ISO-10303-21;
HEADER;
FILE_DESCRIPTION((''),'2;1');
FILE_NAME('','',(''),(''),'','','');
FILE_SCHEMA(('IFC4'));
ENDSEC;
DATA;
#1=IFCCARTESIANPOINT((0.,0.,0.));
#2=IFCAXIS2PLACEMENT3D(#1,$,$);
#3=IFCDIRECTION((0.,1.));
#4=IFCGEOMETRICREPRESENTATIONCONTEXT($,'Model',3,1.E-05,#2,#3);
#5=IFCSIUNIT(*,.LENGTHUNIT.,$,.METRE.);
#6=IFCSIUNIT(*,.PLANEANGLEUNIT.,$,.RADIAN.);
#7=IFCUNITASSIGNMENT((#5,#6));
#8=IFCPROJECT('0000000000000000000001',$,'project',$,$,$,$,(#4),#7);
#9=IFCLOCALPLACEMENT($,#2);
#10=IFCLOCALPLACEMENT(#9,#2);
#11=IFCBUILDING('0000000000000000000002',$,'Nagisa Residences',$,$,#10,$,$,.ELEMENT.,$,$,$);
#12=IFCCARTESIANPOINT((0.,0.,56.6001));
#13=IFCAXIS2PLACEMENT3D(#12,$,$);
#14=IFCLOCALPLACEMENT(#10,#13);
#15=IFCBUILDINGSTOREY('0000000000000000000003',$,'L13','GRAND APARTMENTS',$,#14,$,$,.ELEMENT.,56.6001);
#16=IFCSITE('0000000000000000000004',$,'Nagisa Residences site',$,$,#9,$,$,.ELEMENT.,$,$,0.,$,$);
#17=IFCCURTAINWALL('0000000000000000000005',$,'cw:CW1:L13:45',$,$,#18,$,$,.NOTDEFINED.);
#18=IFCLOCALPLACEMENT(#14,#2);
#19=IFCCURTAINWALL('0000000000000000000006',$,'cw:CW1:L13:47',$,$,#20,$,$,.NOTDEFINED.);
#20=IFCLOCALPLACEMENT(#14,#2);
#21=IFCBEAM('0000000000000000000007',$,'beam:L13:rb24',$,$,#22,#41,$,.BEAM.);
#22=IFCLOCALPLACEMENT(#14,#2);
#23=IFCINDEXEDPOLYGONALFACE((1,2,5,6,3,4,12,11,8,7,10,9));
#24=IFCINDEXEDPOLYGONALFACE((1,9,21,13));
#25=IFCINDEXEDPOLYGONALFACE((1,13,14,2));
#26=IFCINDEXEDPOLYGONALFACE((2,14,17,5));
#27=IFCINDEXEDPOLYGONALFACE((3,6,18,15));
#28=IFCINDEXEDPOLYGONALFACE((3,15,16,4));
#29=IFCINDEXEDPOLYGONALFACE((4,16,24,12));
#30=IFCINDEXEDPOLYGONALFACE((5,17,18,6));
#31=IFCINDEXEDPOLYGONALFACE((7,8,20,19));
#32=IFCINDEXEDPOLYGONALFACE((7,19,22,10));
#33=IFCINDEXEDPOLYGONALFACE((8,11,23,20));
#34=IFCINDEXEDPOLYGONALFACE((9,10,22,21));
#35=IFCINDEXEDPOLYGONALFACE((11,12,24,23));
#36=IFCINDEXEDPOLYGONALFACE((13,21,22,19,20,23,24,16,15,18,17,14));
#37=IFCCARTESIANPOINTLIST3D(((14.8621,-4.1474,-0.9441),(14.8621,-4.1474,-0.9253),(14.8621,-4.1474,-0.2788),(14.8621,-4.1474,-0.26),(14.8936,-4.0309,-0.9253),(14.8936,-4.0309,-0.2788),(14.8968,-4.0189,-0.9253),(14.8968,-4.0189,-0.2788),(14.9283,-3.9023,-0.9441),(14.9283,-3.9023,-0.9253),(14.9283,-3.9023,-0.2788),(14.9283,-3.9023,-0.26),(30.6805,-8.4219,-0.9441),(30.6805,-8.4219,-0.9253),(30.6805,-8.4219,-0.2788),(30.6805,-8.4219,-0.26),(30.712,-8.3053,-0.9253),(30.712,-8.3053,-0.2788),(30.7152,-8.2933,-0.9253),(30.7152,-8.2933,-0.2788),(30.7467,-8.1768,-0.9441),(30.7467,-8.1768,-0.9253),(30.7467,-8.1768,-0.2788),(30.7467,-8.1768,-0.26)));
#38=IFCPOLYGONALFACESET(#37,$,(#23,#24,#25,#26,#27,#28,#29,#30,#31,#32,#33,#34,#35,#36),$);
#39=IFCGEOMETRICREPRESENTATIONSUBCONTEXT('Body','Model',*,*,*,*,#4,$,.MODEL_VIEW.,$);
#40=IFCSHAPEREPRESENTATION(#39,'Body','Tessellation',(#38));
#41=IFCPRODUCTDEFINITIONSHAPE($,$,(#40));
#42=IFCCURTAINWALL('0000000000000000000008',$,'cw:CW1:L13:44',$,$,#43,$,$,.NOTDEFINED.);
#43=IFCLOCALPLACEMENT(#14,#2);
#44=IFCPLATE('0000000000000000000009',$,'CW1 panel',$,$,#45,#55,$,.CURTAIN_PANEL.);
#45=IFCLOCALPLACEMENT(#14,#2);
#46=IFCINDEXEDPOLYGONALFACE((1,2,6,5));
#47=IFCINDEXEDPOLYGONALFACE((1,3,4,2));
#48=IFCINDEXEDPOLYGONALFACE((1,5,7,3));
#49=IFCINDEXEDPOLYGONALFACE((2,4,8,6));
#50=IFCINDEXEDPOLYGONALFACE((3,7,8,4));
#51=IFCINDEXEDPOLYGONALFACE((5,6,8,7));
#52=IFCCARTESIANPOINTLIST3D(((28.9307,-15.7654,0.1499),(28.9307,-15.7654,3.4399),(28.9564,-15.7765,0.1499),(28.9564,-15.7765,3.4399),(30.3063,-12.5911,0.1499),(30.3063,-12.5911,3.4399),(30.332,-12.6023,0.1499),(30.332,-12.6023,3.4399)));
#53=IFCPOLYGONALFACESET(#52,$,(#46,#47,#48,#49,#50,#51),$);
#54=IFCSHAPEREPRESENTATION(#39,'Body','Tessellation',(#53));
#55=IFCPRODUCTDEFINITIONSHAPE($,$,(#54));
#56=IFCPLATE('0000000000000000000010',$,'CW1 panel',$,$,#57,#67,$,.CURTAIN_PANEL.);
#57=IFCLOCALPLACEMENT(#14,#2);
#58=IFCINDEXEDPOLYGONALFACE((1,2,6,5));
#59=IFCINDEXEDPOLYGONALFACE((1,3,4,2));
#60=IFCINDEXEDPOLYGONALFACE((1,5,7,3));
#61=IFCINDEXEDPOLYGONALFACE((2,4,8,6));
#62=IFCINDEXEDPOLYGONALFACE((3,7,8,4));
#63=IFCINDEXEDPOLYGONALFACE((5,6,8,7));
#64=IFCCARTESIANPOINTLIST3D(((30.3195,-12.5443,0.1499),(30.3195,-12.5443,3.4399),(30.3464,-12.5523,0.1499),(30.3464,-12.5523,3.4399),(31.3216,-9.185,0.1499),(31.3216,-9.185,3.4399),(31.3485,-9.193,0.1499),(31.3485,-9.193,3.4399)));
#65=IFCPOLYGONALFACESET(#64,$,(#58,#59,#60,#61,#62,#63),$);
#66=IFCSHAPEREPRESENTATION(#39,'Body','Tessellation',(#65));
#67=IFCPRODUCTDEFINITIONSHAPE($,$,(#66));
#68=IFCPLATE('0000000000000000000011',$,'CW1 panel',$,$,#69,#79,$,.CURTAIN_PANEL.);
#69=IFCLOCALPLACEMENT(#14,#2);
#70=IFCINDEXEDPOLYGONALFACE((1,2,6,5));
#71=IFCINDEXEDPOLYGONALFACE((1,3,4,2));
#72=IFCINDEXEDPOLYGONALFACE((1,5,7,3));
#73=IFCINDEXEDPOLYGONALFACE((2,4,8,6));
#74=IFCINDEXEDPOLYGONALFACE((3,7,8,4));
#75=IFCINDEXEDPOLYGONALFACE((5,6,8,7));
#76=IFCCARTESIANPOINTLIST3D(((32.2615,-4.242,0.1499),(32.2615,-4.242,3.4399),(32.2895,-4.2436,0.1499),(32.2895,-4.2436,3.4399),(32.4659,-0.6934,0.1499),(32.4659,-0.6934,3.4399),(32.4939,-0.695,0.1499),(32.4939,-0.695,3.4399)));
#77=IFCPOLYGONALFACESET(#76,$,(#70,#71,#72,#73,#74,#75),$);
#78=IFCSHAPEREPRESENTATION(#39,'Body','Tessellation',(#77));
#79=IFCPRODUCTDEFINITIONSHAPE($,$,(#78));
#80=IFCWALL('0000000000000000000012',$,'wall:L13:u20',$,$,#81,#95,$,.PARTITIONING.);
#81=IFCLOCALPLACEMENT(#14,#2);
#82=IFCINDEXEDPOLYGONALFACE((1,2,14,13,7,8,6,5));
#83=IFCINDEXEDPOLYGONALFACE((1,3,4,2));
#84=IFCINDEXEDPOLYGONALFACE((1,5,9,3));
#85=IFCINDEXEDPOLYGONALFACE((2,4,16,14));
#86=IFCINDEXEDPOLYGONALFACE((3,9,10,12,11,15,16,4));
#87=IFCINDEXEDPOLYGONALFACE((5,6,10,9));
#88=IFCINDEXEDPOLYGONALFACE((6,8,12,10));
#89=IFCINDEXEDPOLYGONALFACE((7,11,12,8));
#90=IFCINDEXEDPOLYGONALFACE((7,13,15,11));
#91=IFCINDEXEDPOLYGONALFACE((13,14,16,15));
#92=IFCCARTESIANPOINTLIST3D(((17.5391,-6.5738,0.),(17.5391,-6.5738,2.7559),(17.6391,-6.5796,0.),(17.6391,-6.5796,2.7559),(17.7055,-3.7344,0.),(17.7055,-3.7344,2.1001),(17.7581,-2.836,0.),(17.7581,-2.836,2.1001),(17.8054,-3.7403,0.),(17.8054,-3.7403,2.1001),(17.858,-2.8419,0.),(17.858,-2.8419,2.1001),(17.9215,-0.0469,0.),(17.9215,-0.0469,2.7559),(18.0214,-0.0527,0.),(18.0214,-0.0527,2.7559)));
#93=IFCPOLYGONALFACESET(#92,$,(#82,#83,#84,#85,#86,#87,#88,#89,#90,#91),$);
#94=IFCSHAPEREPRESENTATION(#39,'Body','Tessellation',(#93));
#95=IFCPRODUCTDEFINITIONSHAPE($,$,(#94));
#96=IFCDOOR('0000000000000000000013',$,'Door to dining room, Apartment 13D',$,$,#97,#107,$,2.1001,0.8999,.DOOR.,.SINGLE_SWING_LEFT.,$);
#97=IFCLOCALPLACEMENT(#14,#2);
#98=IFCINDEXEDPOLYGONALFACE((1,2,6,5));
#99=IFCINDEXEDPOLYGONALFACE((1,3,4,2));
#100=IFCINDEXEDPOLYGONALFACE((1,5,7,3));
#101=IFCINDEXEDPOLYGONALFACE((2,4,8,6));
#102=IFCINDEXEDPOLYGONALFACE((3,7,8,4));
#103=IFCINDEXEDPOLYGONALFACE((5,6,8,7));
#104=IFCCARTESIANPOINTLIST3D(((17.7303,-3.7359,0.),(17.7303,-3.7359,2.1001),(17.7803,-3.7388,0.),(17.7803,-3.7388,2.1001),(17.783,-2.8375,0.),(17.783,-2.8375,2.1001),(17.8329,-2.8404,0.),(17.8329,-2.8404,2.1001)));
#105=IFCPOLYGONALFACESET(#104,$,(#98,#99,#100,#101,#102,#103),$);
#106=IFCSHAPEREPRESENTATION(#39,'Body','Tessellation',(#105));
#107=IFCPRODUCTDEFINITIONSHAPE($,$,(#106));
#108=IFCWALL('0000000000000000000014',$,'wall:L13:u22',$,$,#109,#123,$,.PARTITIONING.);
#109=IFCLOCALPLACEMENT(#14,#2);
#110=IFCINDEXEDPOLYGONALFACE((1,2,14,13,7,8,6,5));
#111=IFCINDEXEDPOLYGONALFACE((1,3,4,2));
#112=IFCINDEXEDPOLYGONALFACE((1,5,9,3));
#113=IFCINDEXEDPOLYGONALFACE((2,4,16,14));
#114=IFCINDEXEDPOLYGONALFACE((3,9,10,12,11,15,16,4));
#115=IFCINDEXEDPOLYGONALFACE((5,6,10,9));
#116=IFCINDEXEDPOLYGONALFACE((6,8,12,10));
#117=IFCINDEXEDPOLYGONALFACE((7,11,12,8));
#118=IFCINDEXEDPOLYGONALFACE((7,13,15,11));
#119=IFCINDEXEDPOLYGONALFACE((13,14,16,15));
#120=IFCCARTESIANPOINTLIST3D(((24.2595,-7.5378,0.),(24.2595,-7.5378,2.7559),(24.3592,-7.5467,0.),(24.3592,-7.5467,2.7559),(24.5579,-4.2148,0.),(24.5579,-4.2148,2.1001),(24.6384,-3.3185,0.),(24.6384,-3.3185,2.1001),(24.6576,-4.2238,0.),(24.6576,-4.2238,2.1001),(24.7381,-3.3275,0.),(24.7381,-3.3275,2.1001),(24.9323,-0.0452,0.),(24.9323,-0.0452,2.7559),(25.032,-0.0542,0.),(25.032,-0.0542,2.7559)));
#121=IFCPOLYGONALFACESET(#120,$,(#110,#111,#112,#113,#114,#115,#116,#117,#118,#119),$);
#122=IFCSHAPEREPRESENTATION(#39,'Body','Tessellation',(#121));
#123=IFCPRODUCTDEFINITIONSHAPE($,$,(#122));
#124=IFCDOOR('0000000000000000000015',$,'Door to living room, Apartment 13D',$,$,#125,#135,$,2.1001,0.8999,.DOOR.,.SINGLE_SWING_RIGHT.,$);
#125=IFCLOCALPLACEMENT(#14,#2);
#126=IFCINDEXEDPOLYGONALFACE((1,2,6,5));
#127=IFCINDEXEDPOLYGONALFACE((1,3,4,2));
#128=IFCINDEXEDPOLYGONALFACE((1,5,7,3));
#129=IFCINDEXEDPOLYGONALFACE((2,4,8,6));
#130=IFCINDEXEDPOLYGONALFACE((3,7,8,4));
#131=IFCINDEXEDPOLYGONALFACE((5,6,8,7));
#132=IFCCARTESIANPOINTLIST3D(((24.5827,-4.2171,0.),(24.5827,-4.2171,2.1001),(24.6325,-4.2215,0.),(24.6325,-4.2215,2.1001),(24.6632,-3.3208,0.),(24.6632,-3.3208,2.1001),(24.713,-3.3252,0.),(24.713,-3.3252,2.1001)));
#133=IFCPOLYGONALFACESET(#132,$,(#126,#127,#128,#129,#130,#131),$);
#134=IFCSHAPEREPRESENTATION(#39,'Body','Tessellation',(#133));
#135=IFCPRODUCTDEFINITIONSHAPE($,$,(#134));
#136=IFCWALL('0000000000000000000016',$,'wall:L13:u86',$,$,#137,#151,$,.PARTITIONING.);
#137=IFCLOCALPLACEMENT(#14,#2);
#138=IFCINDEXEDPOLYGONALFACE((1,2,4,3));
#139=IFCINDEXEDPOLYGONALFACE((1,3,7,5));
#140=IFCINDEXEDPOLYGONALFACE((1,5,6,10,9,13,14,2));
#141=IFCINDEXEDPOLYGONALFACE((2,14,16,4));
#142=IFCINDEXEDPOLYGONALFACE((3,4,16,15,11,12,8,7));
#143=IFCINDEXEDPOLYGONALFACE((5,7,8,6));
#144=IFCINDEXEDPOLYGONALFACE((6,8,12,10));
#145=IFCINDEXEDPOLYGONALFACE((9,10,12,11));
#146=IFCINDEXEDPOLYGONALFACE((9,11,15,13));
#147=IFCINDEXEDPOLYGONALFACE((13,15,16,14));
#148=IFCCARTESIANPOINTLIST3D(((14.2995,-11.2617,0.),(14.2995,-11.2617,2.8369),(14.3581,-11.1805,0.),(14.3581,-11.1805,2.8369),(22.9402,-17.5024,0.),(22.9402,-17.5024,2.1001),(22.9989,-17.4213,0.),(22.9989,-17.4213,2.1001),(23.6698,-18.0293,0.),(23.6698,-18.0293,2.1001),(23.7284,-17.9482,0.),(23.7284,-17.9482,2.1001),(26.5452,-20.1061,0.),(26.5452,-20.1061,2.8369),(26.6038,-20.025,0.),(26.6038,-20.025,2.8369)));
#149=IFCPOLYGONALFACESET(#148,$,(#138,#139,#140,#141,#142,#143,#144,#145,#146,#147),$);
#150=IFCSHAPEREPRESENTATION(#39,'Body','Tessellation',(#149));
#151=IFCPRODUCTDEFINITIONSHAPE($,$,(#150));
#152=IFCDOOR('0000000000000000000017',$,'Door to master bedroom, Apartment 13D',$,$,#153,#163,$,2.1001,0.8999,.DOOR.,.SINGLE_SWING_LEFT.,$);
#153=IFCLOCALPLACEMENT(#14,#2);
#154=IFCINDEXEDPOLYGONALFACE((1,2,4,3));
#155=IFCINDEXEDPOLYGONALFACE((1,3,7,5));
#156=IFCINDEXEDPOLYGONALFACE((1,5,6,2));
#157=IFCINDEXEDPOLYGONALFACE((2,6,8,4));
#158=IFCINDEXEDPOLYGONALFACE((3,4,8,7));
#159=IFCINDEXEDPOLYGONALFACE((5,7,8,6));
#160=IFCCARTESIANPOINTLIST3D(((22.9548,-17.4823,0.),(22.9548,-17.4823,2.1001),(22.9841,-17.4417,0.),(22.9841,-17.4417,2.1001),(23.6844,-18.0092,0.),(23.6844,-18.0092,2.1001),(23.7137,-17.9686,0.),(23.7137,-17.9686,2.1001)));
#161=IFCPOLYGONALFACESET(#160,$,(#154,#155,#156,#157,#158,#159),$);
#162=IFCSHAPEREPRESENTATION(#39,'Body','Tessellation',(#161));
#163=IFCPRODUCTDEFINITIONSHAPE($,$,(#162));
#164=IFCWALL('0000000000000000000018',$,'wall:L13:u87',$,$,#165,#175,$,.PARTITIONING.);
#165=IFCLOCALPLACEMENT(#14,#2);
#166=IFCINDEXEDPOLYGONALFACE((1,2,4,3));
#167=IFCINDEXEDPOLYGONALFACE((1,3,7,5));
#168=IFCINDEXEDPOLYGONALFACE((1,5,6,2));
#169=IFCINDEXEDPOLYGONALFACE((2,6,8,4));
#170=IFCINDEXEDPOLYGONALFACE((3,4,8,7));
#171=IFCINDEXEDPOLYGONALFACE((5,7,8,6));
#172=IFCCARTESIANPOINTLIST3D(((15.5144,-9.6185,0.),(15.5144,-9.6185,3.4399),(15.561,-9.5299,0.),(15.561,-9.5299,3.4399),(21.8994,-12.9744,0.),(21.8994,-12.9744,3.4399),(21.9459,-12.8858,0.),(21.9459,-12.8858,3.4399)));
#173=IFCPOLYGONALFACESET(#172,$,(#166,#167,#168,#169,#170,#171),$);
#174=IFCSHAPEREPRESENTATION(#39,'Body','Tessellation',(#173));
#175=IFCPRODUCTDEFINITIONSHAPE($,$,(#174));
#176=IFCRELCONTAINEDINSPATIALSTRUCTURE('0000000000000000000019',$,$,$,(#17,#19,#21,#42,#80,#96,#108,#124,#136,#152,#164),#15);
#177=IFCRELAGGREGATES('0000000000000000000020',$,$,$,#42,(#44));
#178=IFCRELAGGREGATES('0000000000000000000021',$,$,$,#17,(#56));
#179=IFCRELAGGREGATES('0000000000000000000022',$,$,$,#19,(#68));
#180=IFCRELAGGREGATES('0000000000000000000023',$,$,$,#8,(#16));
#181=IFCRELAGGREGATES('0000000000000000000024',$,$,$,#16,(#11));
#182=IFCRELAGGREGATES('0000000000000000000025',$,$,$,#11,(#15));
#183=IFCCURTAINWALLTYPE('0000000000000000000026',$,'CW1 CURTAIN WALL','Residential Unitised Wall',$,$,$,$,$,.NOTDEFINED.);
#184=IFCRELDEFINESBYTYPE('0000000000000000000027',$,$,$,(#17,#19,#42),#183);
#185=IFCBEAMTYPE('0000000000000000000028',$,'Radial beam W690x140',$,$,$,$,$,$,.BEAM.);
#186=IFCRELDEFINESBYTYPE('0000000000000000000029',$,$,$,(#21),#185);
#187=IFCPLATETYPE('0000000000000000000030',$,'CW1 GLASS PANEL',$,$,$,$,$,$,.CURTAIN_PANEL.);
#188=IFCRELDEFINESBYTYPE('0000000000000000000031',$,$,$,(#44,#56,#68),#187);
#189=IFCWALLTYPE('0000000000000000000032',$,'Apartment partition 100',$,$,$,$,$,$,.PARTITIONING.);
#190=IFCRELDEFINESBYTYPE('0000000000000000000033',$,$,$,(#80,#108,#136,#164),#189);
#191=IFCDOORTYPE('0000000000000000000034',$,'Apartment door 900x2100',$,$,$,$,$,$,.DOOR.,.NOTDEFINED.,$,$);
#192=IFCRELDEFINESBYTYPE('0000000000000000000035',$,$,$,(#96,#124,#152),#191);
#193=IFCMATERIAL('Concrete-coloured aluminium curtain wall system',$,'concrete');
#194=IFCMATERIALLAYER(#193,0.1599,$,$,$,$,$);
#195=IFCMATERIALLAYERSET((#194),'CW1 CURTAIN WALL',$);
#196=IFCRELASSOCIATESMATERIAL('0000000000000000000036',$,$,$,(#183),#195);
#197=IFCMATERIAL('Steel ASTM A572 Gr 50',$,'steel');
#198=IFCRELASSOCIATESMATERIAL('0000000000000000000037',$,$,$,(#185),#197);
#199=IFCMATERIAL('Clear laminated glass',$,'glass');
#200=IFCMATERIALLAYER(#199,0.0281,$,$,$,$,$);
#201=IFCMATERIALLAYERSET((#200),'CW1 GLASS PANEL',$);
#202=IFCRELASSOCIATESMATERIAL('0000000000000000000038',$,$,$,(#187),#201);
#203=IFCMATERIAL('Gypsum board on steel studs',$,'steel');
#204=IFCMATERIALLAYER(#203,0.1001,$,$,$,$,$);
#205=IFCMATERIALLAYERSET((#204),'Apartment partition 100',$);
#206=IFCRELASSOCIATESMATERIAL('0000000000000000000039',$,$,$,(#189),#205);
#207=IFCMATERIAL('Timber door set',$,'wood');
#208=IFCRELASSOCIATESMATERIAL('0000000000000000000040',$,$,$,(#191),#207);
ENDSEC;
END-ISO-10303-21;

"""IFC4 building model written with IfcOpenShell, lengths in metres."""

from ifc_helpers import new_model, si_unit, direction, frame, frame_2d, origin, origin_2d, place, context, subcontext, project, spatial, rectangle, i_section, extrude, material, layer, layer_set, material_profile, profile_set, type_object, element, fill, aggregate, save


model = new_model("IFC4")

# Units and contexts
model_context = context("Model", 3, precision=1e-05, world=origin(), true_north=direction((0.0, 1.0)))
body_context = subcontext(model_context, "Body", "Model", "MODEL_VIEW")
ifc_project = project(units=[si_unit("LENGTHUNIT", "METRE"), si_unit("PLANEANGLEUNIT", "RADIAN")], contexts=[model_context])

# Site, building, storey
site_placement = place(None, origin())
site = spatial("IfcSite", under=ifc_project, at=site_placement, Name="Nagisa Residences site", CompositionType="ELEMENT", RefElevation=0.0)
building_placement = place(site_placement, origin())
building = spatial("IfcBuilding", under=site, at=building_placement, Name="Nagisa Residences", CompositionType="ELEMENT")
storey_placement = place(building_placement, frame((0.0, 0.0, 56.6001)))
storey = spatial("IfcBuildingStorey", under=building, at=storey_placement, Name="L13", Description="GRAND APARTMENTS", CompositionType="ELEMENT", Elevation=56.6001)

# Curtain walls
ifc_material_1 = material(Name="Concrete-coloured aluminium curtain wall system", Category="concrete")
ifc_layer_1 = layer(ifc_material_1, 0.1599)
ifc_layer_set_1 = layer_set([ifc_layer_1], Name="CW1 CURTAIN WALL")
curtain_wall_type = type_object("IfcCurtainWallType", Name="CW1 CURTAIN WALL", Description="Residential Unitised Wall", PredefinedType="NOTDEFINED", material=ifc_layer_set_1)
curtain_wall_1_placement = place(storey_placement, origin())
curtain_wall_1 = element("IfcCurtainWall", 1, at=curtain_wall_1_placement, inside=storey, type_object=curtain_wall_type, Name="cw:CW1:L13:45", PredefinedType="NOTDEFINED")
curtain_wall_2_placement = place(storey_placement, origin())
curtain_wall_2 = element("IfcCurtainWall", 2, at=curtain_wall_2_placement, inside=storey, type_object=curtain_wall_type, Name="cw:CW1:L13:47", PredefinedType="NOTDEFINED")

# Beam
ifc_material_2 = material(Name="Steel ASTM A572 Gr 50", Category="steel")
ifc_material_profile_1 = material_profile(ifc_material_2, i_section(OverallWidth=0.2539, OverallDepth=0.6841, WebThickness=0.0125, FlangeThickness=0.0188, at=origin_2d()), Name="W690x140")
ifc_profile_set_1 = profile_set([ifc_material_profile_1], Name="Steel ASTM A572 Gr 50")
beam_type_1 = type_object("IfcBeamType", Name="Radial beam W690x140", PredefinedType="BEAM", material=ifc_profile_set_1)
beam_1_placement = place(storey_placement, frame((30.7136, -8.2993, -0.6021), z_axis=(-0.965376, 0.260862, 0.0), x_axis=(-0.260862, -0.965376, 0.0)))
element("IfcBeam", 3, at=beam_1_placement, inside=storey, type_object=beam_type_1, Name="beam:L13:rb24", PredefinedType="BEAM", context=body_context, shape_type="SweptSolid", body=[
    extrude(i_section(OverallWidth=0.2539, OverallDepth=0.6841, WebThickness=0.0125, FlangeThickness=0.0188, at=origin_2d()), origin(), (0.0, 0.0, 1.0), 16.3857),
])

# Curtain wall, plate
curtain_wall_3_placement = place(storey_placement, origin())
curtain_wall_3 = element("IfcCurtainWall", 4, at=curtain_wall_3_placement, inside=storey, type_object=curtain_wall_type, Name="cw:CW1:L13:44", PredefinedType="NOTDEFINED")
ifc_material_3 = material(Name="Clear laminated glass", Category="glass")
ifc_layer_2 = layer(ifc_material_3, 0.0281)
ifc_layer_set_2 = layer_set([ifc_layer_2], Name="CW1 GLASS PANEL")
plate_type = type_object("IfcPlateType", Name="CW1 GLASS PANEL", PredefinedType="CURTAIN_PANEL", material=ifc_layer_set_2)
plate_1_placement = place(storey_placement, frame((29.6313, -14.1838, 0.1499), z_axis=(0.0, 0.0, 1.0), x_axis=(0.397636, 0.917543, 0.0)))
plate_1 = element("IfcPlate", 5, at=plate_1_placement, type_object=plate_type, Name="CW1 panel", PredefinedType="CURTAIN_PANEL", context=body_context, shape_type="SweptSolid", body=[
    extrude(rectangle(XDim=3.4595, YDim=0.0281, at=origin_2d()), origin(), (0.0, 0.0, 1.0), 3.29),
])
aggregate(curtain_wall_3, [plate_1])

# Plates
plate_2_placement = place(storey_placement, frame((30.834, -10.8687, 0.1499), z_axis=(0.0, 0.0, 1.0), x_axis=(0.28586, 0.958271, 0.0)))
plate_2 = element("IfcPlate", 6, at=plate_2_placement, type_object=plate_type, Name="CW1 panel", PredefinedType="CURTAIN_PANEL", context=body_context, shape_type="SweptSolid", body=[
    extrude(rectangle(XDim=3.5056, YDim=0.0281, at=origin_2d()), origin(), (0.0, 0.0, 1.0), 3.29),
])
aggregate(curtain_wall_1, [plate_2])
plate_3_placement = place(storey_placement, frame((32.3777, -2.4685, 0.1499), z_axis=(0.0, 0.0, 1.0), x_axis=(0.057503, 0.998345, 0.0)))
plate_3 = element("IfcPlate", 7, at=plate_3_placement, type_object=plate_type, Name="CW1 panel", PredefinedType="CURTAIN_PANEL", context=body_context, shape_type="SweptSolid", body=[
    extrude(rectangle(XDim=3.5544, YDim=0.0281, at=origin_2d()), origin(), (0.0, 0.0, 1.0), 3.29),
])
aggregate(curtain_wall_2, [plate_3])

# Walls, openings, doors
ifc_material_4 = material(Name="Gypsum board on steel studs", Category="steel")
ifc_layer_3 = layer(ifc_material_4, 0.1001)
ifc_layer_set_3 = layer_set([ifc_layer_3], Name="Apartment partition 100")
wall_type_1 = type_object("IfcWallType", Name="Apartment partition 100", PredefinedType="PARTITIONING", material=ifc_layer_set_3)
wall_1_placement = place(storey_placement, frame((17.9714, -0.0498, 0.0), z_axis=(0.0, 0.0, 1.0), x_axis=(-0.058477, -0.998289, 0.0)))
wall_1 = element("IfcWall", 8, at=wall_1_placement, inside=storey, type_object=wall_type_1, Name="wall:L13:u20", PredefinedType="PARTITIONING", context=body_context, shape_type="SweptSolid", body=[
    extrude(rectangle(XDim=6.5381, YDim=0.1001, at=frame_2d((3.269, 0.0))), origin(), (0.0, 0.0, 1.0), 2.7559),
])
opening_1_placement = place(wall_1_placement, frame((2.7939, 0.0, 0.0)))
opening_1 = element("IfcOpeningElement", 9, at=opening_1_placement, cuts=wall_1, PredefinedType="OPENING", context=body_context, shape_type="SweptSolid", body=[
    extrude(rectangle(XDim=0.8999, YDim=2.1001, at=frame_2d((0.45, 1.05))), frame((0.0, 0.0601, 0.0), z_axis=(0.0, -1.0, 0.0), x_axis=(1.0, 0.0, 0.0)), (0.0, 0.0, 1.0), 0.1201),
])
ifc_material_5 = material(Name="Timber door set", Category="wood")
door_type_1 = type_object("IfcDoorType", Name="Apartment door 900x2100", OperationType="NOTDEFINED", PredefinedType="DOOR", material=ifc_material_5)
door_1_placement = place(opening_1_placement, origin())
door_1 = element("IfcDoor", 10, at=door_1_placement, inside=storey, type_object=door_type_1, Name="Door to dining room, Apartment 13D", OperationType="SINGLE_SWING_LEFT", OverallHeight=2.1001, OverallWidth=0.8999, PredefinedType="DOOR", context=body_context, shape_type="SweptSolid", body=[
    extrude(rectangle(XDim=0.8999, YDim=2.1001, at=frame_2d((0.45, 1.05))), frame((0.0, 0.0249, 0.0), z_axis=(0.0, -1.0, 0.0), x_axis=(1.0, 0.0, 0.0)), (0.0, 0.0, 1.0), 0.05),
])
fill(opening_1, door_1)
wall_2_placement = place(storey_placement, frame((24.9822, -0.0498, 0.0), z_axis=(0.0, 0.0, 1.0), x_axis=(-0.089444, -0.995992, 0.0)))
wall_2 = element("IfcWall", 11, at=wall_2_placement, inside=storey, type_object=wall_type_1, Name="wall:L13:u22", PredefinedType="PARTITIONING", context=body_context, shape_type="SweptSolid", body=[
    extrude(rectangle(XDim=7.5227, YDim=0.1001, at=frame_2d((3.7612, 0.0))), origin(), (0.0, 0.0, 1.0), 2.7559),
])
opening_2_placement = place(wall_2_placement, frame((3.2864, 0.0, 0.0)))
opening_2 = element("IfcOpeningElement", 12, at=opening_2_placement, cuts=wall_2, PredefinedType="OPENING", context=body_context, shape_type="SweptSolid", body=[
    extrude(rectangle(XDim=0.8999, YDim=2.1001, at=frame_2d((0.45, 1.05))), frame((0.0, 0.0601, 0.0), z_axis=(0.0, -1.0, 0.0), x_axis=(1.0, 0.0, 0.0)), (0.0, 0.0, 1.0), 0.1201),
])
door_2_placement = place(opening_2_placement, origin())
door_2 = element("IfcDoor", 13, at=door_2_placement, inside=storey, type_object=door_type_1, Name="Door to living room, Apartment 13D", OperationType="SINGLE_SWING_RIGHT", OverallHeight=2.1001, OverallWidth=0.8999, PredefinedType="DOOR", context=body_context, shape_type="SweptSolid", body=[
    extrude(rectangle(XDim=0.8999, YDim=2.1001, at=frame_2d((0.45, 1.05))), frame((0.0, 0.0249, 0.0), z_axis=(0.0, -1.0, 0.0), x_axis=(1.0, 0.0, 0.0)), (0.0, 0.0, 1.0), 0.05),
])
fill(opening_2, door_2)
wall_3_placement = place(storey_placement, frame((14.3289, -11.2212, 0.0), z_axis=(0.0, 0.0, 1.0), x_axis=(0.810671, -0.585502, 0.0)))
wall_3 = element("IfcWall", 14, at=wall_3_placement, inside=storey, type_object=wall_type_1, Name="wall:L13:u86", PredefinedType="PARTITIONING", context=body_context, shape_type="SweptSolid", body=[
    extrude(rectangle(XDim=15.1057, YDim=0.1001, at=frame_2d((7.5527, 0.0))), origin(), (0.0, 0.0, 1.0), 2.8369),
])
opening_3_placement = place(wall_3_placement, frame((10.6587, 0.0, 0.0)))
opening_3 = element("IfcOpeningElement", 15, at=opening_3_placement, cuts=wall_3, PredefinedType="OPENING", context=body_context, shape_type="SweptSolid", body=[
    extrude(rectangle(XDim=0.8999, YDim=2.1001, at=frame_2d((0.45, 1.05))), frame((0.0, 0.0601, 0.0), z_axis=(0.0, -1.0, 0.0), x_axis=(1.0, 0.0, 0.0)), (0.0, 0.0, 1.0), 0.1201),
])
door_3_placement = place(opening_3_placement, origin())
door_3 = element("IfcDoor", 16, at=door_3_placement, inside=storey, type_object=door_type_1, Name="Door to master bedroom, Apartment 13D", OperationType="SINGLE_SWING_LEFT", OverallHeight=2.1001, OverallWidth=0.8999, PredefinedType="DOOR", context=body_context, shape_type="SweptSolid", body=[
    extrude(rectangle(XDim=0.8999, YDim=2.1001, at=frame_2d((0.45, 1.05))), frame((0.0, 0.0249, 0.0), z_axis=(0.0, -1.0, 0.0), x_axis=(1.0, 0.0, 0.0)), (0.0, 0.0, 1.0), 0.05),
])
fill(opening_3, door_3)

# Wall
wall_4_placement = place(storey_placement, frame((15.5378, -9.5742, 0.0), z_axis=(0.0, 0.0, 1.0), x_axis=(0.885179, -0.46525, 0.0)))
element("IfcWall", 17, at=wall_4_placement, inside=storey, type_object=wall_type_1, Name="wall:L13:u87", PredefinedType="PARTITIONING", context=body_context, shape_type="SweptSolid", body=[
    extrude(rectangle(XDim=7.2131, YDim=0.1001, at=frame_2d((3.6064, 0.0))), origin(), (0.0, 0.0, 1.0), 3.4399),
])

save(model, "model.ifc")
